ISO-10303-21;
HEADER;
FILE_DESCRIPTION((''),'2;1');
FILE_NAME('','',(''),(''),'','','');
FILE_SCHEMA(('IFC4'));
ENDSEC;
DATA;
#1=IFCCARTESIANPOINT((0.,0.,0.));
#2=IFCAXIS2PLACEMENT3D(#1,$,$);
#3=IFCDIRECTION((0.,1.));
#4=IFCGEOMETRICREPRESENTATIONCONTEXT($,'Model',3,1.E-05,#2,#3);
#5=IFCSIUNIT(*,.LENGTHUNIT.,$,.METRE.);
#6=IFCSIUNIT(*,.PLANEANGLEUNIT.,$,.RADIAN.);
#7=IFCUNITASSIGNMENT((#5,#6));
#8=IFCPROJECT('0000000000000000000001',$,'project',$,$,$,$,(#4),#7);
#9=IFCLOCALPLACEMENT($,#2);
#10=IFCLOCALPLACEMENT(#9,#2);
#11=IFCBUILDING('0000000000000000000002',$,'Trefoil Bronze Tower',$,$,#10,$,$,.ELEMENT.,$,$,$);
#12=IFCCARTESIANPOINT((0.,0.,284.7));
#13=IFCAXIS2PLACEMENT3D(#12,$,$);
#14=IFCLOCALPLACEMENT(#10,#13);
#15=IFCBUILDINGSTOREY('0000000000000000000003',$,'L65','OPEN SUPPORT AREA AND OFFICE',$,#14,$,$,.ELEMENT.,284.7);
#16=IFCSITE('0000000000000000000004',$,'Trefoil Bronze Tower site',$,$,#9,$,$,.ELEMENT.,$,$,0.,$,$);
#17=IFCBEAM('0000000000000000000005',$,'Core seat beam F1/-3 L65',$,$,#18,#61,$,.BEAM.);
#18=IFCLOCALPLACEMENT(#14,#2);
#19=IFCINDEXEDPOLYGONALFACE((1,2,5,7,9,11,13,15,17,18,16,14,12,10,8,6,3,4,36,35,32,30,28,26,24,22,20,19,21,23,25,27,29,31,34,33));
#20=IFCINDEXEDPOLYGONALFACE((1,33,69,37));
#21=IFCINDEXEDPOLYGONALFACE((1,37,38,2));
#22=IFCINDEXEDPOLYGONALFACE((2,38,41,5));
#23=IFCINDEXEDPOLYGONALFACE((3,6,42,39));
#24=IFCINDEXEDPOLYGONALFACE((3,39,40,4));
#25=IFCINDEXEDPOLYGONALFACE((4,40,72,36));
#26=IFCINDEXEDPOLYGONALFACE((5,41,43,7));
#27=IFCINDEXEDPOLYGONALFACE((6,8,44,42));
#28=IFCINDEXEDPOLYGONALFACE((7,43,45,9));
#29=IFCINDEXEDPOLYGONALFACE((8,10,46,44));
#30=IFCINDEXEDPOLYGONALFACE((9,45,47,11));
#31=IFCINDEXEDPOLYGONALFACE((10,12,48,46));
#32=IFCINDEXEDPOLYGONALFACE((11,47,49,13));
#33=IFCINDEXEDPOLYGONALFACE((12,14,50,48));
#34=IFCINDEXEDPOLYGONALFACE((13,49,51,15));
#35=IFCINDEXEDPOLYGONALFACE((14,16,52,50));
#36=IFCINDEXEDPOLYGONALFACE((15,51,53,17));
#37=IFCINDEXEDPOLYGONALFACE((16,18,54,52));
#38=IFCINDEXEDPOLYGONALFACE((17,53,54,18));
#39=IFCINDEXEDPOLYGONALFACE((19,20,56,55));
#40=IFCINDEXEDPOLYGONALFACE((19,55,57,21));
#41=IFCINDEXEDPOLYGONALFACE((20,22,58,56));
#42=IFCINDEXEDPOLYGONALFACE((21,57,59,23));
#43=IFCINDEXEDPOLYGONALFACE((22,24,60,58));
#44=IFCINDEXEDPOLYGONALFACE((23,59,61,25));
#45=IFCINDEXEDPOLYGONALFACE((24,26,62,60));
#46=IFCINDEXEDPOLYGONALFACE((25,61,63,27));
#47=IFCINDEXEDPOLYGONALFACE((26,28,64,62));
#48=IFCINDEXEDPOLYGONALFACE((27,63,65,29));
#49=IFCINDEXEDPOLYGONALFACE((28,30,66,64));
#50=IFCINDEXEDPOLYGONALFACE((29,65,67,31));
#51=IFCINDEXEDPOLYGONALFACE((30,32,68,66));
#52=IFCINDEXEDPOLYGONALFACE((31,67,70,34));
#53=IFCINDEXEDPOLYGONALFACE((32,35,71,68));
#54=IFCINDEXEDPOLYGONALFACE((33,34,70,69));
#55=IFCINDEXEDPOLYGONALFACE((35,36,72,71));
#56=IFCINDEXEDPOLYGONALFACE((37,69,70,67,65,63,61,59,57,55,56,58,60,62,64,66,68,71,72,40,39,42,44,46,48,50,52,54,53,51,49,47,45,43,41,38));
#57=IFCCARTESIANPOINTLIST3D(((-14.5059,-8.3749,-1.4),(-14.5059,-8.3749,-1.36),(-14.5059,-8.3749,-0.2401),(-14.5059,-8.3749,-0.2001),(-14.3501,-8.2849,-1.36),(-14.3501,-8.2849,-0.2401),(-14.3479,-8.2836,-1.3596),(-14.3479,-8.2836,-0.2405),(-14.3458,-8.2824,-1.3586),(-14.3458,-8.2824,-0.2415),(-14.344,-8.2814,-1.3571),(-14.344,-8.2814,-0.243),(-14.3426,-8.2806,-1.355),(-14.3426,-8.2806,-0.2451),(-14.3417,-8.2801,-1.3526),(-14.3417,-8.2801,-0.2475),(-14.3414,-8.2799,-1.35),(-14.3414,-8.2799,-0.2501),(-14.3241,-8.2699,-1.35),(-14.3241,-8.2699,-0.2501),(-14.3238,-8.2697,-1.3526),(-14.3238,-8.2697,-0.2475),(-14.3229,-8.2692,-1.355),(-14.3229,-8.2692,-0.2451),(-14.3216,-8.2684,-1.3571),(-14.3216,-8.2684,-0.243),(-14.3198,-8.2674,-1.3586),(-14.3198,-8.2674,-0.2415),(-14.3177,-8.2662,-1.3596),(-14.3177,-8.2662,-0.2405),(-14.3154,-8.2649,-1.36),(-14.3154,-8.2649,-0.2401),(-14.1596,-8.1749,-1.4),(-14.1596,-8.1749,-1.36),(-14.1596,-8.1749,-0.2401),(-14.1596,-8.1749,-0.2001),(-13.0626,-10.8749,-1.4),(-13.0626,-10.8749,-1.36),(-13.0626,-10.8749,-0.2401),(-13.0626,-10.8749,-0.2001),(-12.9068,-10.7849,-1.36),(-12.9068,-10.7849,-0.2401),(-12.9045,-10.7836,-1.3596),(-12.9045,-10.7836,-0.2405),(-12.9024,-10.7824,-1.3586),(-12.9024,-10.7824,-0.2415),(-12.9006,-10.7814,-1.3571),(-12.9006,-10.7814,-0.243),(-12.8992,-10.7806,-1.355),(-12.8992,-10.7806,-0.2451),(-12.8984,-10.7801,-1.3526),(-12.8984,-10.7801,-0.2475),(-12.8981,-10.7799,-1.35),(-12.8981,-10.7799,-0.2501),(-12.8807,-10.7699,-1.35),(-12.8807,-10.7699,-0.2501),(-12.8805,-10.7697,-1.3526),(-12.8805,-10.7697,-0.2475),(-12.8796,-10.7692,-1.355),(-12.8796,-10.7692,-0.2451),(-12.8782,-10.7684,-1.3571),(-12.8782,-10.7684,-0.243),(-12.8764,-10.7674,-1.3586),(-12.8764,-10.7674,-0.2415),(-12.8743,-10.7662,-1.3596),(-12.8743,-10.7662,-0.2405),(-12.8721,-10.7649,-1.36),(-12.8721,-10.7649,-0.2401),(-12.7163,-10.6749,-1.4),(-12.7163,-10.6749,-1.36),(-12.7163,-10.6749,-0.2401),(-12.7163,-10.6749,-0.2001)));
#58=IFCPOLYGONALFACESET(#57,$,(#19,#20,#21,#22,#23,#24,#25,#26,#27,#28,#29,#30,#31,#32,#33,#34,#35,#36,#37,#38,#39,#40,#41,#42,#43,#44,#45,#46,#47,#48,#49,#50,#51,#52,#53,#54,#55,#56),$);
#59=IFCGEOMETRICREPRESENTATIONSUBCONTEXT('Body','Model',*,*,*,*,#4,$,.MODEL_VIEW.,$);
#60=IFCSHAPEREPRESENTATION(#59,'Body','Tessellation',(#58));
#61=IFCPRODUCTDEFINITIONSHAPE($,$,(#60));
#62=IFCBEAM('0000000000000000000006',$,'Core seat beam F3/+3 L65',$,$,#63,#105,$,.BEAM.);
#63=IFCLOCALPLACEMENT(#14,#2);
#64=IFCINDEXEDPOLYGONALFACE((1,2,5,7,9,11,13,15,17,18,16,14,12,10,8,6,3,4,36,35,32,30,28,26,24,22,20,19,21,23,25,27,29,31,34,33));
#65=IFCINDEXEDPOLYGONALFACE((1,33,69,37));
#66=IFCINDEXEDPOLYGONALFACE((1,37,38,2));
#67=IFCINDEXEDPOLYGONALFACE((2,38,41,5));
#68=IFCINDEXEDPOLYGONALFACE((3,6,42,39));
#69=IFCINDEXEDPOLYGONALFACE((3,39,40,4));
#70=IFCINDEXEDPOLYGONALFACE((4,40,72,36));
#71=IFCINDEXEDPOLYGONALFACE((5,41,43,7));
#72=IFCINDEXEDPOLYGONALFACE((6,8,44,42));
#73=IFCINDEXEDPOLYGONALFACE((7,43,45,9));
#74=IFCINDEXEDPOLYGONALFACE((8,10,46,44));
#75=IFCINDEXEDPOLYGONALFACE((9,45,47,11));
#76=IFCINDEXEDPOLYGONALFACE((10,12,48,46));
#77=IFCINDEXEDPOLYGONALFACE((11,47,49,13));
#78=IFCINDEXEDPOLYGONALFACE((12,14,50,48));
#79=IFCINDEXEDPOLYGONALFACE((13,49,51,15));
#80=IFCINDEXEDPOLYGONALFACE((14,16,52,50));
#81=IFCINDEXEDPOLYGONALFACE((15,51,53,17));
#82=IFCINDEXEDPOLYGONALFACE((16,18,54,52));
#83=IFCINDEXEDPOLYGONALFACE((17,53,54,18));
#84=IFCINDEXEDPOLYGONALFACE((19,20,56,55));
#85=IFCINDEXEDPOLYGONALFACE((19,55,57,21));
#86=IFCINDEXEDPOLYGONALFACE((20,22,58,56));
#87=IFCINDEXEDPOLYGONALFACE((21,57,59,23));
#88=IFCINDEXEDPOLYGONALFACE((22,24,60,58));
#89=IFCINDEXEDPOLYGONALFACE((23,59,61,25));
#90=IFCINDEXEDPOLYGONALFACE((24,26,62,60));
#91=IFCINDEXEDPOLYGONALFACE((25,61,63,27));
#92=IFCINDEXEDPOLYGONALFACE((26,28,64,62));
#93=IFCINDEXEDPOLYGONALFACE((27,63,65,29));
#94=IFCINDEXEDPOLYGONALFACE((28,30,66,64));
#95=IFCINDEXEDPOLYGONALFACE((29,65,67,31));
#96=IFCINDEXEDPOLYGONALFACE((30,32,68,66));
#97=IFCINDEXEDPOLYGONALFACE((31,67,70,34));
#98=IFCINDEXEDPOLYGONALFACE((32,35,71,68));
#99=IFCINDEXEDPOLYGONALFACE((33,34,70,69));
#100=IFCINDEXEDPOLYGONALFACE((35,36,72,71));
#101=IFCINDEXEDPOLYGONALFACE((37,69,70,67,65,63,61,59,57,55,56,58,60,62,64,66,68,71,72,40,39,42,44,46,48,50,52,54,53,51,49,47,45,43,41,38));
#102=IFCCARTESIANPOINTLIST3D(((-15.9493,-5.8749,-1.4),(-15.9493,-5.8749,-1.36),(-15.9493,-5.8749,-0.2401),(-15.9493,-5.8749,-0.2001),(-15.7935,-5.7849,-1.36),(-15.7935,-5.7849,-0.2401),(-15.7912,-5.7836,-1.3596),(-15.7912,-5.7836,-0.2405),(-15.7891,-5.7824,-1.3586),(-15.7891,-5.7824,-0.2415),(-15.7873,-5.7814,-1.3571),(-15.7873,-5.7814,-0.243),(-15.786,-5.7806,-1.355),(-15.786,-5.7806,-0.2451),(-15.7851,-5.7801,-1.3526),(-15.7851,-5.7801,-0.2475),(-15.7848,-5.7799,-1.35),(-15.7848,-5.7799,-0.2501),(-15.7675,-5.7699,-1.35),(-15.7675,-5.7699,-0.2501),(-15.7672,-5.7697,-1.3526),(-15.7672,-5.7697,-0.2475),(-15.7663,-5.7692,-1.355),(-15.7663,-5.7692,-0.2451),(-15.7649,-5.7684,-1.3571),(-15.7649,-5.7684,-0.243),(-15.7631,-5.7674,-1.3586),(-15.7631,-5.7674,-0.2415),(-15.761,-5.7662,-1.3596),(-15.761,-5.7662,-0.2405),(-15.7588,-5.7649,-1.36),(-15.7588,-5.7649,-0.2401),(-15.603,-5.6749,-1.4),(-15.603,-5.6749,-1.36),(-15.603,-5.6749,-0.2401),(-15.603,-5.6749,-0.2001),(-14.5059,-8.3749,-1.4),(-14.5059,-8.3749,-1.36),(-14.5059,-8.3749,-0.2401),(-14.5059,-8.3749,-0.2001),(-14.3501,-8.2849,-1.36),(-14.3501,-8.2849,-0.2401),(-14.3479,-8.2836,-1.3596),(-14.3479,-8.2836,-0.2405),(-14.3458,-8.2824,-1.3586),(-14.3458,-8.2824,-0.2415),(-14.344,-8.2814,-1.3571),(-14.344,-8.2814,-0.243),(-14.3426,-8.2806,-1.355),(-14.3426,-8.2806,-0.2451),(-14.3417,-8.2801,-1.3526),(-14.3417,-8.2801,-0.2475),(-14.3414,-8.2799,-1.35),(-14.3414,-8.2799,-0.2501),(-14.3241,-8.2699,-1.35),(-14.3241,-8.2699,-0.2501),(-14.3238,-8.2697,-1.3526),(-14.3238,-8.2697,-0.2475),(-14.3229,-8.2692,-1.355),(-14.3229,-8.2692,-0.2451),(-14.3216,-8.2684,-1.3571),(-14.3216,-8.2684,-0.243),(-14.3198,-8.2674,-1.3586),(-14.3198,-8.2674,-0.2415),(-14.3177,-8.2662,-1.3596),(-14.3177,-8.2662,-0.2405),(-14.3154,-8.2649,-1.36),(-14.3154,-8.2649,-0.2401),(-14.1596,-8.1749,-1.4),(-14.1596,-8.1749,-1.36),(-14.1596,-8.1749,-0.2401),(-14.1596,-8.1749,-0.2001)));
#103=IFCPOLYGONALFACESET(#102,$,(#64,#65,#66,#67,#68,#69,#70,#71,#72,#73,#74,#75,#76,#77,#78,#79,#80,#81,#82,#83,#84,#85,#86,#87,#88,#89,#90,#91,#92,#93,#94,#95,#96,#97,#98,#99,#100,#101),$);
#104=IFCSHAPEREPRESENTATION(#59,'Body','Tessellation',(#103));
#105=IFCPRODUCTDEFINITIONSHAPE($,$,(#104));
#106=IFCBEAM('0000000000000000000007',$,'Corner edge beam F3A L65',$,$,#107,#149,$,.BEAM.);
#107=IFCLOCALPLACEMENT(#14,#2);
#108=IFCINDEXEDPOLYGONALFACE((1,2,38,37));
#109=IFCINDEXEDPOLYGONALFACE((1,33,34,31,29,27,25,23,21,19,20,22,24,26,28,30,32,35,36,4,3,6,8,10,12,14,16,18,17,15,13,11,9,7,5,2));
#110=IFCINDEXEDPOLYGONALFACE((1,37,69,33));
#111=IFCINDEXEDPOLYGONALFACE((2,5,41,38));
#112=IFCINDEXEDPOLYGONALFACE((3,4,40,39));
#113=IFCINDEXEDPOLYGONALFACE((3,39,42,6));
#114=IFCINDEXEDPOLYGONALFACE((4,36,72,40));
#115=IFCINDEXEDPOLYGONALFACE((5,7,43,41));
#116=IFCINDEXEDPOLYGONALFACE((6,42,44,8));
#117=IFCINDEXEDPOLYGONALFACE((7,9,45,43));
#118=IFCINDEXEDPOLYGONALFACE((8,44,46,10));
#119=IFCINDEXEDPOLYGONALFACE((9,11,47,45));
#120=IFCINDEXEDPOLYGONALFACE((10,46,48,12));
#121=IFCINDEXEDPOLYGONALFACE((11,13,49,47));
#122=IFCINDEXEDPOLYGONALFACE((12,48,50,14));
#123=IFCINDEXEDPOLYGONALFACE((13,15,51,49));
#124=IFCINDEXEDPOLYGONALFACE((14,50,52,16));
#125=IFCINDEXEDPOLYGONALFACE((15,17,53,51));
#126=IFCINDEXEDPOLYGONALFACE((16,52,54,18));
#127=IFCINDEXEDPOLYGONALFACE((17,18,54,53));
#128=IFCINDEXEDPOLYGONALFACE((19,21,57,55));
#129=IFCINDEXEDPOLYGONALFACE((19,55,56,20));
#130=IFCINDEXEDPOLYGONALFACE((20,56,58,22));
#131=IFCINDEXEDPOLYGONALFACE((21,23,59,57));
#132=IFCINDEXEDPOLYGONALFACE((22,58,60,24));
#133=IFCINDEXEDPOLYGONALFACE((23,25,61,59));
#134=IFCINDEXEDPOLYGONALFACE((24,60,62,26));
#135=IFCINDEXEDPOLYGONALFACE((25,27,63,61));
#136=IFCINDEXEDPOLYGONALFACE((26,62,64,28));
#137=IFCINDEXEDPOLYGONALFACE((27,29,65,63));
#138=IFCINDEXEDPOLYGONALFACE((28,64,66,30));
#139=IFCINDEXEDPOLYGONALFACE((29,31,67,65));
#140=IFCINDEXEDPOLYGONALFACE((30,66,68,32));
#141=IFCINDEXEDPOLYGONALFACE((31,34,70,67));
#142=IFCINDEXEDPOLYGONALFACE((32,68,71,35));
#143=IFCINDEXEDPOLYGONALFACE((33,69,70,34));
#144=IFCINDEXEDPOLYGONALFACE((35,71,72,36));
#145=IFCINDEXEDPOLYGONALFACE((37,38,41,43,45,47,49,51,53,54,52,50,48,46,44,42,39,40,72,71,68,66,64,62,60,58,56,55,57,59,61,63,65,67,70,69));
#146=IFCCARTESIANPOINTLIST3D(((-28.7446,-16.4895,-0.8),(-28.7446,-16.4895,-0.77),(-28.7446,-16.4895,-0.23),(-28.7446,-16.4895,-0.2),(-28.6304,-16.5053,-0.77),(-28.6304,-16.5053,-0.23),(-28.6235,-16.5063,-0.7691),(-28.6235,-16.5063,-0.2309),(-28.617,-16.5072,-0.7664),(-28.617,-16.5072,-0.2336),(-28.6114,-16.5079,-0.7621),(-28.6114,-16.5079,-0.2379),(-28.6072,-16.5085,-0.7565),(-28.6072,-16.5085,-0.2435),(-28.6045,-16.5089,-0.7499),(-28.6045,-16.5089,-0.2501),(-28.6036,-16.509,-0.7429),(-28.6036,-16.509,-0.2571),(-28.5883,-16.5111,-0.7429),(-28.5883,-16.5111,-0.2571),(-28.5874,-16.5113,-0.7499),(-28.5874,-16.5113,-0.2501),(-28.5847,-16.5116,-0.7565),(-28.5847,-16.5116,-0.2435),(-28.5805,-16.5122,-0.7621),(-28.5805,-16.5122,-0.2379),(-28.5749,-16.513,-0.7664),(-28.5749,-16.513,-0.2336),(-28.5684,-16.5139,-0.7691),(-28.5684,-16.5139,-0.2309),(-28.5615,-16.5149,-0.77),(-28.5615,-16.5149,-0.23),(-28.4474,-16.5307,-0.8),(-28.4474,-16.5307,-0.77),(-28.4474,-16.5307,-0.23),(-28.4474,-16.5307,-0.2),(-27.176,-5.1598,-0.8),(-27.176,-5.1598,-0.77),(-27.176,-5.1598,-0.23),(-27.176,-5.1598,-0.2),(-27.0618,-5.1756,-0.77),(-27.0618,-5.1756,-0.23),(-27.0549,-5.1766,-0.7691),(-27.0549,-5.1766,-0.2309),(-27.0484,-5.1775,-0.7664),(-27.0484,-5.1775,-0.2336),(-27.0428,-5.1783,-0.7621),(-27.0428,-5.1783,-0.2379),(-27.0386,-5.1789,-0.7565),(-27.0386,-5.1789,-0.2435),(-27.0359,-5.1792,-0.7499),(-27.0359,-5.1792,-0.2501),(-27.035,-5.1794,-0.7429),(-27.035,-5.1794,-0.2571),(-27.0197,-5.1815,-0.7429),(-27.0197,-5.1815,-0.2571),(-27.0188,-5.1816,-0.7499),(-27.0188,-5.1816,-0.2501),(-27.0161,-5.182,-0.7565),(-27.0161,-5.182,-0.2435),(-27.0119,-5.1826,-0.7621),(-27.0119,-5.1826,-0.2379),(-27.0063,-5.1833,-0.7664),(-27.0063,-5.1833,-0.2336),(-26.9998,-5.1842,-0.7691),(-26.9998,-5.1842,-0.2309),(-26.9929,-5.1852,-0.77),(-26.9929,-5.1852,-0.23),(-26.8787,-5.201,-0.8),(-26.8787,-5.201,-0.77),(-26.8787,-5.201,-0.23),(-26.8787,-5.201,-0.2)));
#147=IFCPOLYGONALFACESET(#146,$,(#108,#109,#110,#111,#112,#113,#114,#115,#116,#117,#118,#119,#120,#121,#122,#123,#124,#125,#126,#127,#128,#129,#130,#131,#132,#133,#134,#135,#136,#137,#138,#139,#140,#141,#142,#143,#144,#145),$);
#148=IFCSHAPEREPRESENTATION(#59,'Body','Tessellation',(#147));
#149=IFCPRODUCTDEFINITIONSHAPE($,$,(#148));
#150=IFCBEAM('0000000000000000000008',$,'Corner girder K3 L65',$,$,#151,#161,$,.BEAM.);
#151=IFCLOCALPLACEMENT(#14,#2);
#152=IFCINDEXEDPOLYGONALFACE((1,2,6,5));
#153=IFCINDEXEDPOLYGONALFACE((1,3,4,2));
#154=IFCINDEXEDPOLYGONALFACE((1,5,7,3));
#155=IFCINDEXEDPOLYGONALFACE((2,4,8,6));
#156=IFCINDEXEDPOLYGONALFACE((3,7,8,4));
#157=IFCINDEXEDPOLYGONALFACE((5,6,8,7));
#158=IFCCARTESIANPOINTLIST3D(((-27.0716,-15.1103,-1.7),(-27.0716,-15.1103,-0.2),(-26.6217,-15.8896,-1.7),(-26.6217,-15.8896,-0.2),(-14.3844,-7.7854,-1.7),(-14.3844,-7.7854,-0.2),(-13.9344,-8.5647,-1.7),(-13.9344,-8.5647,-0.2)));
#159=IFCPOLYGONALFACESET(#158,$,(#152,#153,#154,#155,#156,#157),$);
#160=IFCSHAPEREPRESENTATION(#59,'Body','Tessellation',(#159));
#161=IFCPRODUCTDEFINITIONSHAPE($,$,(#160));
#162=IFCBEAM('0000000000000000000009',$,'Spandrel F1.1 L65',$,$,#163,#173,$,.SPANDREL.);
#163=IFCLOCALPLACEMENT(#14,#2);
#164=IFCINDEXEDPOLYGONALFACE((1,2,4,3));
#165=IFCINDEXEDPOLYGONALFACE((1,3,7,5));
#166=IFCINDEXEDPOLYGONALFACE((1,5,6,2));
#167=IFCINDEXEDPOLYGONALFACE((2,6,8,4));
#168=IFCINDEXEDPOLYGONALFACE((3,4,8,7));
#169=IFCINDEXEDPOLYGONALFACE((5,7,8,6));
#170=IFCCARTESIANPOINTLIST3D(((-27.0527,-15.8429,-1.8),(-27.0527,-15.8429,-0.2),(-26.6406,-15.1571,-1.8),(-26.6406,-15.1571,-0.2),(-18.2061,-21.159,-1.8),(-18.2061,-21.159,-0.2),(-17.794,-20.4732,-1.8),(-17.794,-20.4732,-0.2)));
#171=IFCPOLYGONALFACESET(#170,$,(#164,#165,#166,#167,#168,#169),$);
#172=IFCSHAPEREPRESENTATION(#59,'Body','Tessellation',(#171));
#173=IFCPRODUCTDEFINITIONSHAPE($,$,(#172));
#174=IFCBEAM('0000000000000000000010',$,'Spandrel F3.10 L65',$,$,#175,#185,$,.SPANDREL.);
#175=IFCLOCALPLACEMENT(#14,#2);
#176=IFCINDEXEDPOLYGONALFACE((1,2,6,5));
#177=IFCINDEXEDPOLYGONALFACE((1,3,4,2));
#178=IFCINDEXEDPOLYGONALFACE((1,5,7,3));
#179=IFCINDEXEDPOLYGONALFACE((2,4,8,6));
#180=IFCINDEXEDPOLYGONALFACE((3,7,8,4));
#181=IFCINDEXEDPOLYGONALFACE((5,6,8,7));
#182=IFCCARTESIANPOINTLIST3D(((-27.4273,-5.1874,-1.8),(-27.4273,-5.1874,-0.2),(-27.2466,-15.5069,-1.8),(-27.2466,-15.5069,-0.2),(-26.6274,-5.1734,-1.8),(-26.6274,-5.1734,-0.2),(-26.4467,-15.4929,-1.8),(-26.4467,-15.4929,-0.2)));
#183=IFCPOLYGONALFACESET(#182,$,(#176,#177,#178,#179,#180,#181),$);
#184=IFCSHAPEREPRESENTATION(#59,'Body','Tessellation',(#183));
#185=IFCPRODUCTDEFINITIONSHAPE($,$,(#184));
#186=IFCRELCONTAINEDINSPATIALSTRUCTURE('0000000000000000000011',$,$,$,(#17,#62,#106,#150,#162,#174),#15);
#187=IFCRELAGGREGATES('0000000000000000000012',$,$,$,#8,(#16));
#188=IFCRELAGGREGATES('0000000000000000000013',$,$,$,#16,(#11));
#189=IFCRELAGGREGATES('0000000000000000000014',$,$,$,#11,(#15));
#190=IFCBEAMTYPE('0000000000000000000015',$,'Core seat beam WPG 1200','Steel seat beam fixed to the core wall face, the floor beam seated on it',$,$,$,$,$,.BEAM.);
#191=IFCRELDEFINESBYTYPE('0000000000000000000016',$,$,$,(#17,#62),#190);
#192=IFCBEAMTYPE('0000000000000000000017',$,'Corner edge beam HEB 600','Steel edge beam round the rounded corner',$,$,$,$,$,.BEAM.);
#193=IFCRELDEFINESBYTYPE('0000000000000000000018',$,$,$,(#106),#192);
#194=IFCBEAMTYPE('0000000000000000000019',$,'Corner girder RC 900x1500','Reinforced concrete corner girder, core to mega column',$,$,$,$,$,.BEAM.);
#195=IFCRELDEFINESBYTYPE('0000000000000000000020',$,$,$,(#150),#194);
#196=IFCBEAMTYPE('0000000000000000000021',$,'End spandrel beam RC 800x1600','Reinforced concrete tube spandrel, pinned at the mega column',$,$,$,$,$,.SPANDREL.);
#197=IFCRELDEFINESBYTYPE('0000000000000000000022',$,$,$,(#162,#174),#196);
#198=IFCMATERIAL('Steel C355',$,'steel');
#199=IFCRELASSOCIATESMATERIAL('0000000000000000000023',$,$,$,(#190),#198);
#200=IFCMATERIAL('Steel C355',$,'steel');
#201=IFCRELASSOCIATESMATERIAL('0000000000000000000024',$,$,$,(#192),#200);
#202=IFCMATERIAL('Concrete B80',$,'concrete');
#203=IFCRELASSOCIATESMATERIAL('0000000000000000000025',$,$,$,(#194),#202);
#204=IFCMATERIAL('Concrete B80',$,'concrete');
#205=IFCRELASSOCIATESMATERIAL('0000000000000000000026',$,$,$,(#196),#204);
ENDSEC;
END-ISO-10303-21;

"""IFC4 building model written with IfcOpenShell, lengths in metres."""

from ifc_helpers import new_model, si_unit, direction, frame, origin, origin_2d, place, context, subcontext, project, spatial, rectangle, i_section, extrude, material, material_profile, profile_set, type_object, element, save


model = new_model("IFC4")

# Units and contexts
model_context = context("Model", 3, precision=1e-05, world=origin(), true_north=direction((0.0, 1.0)))
body_context = subcontext(model_context, "Body", "Model", "MODEL_VIEW")
ifc_project = project(units=[si_unit("LENGTHUNIT", "METRE"), si_unit("PLANEANGLEUNIT", "RADIAN")], contexts=[model_context])

# Site, building, storey
site_placement = place(None, origin())
site = spatial("IfcSite", under=ifc_project, at=site_placement, Name="Trefoil Bronze Tower site", CompositionType="ELEMENT", RefElevation=0.0)
building_placement = place(site_placement, origin())
building = spatial("IfcBuilding", under=site, at=building_placement, Name="Trefoil Bronze Tower", CompositionType="ELEMENT")
storey_placement = place(building_placement, frame((0.0, 0.0, 284.7)))
storey = spatial("IfcBuildingStorey", under=building, at=storey_placement, Name="L65", Description="OPEN SUPPORT AREA AND OFFICE", CompositionType="ELEMENT", Elevation=284.7)

# Beams
ifc_material_1 = material(Name="Steel C355", Category="steel")
ifc_material_profile_1 = material_profile(ifc_material_1, i_section(OverallWidth=0.3999, OverallDepth=1.2, WebThickness=0.02, FlangeThickness=0.04, FilletRadius=0.01, at=origin_2d()), Name="WPG 1200")
ifc_profile_set_1 = profile_set([ifc_material_profile_1], Name="Steel C355")
beam_type_1 = type_object("IfcBeamType", Name="Core seat beam WPG 1200", Description="Steel seat beam fixed to the core wall face, the floor beam seated on it", PredefinedType="BEAM", material=ifc_profile_set_1)
for number, where, z_axis, x_axis, name in (
    (1, (-14.3328, -8.2749, -0.8), (0.499996, -0.866028, 0.0), (0.866028, 0.499996, 0.0), "Core seat beam F1/-3 L65"),
    (2, (-15.7761, -5.7749, -0.8), (0.499996, -0.866028, 0.0), (0.866028, 0.499996, 0.0), "Core seat beam F3/+3 L65"),
):
    element("IfcBeam", number, at=place(storey_placement, frame(where, z_axis=z_axis, x_axis=x_axis)), inside=storey, type_object=beam_type_1, Name=name, PredefinedType="BEAM", context=body_context, shape_type="SweptSolid", body=[
        extrude(i_section(OverallWidth=0.3999, OverallDepth=1.2, WebThickness=0.02, FlangeThickness=0.04, FilletRadius=0.01, at=origin_2d()), origin(), (0.0, 0.0, 1.0), 2.8867),
    ])
ifc_material_2 = material(Name="Steel C355", Category="steel")
ifc_material_profile_2 = material_profile(ifc_material_2, i_section(OverallWidth=0.3, OverallDepth=0.6001, WebThickness=0.0154, FlangeThickness=0.03, FilletRadius=0.0271, at=origin_2d()), Name="HEB 600")
ifc_profile_set_2 = profile_set([ifc_material_profile_2], Name="Steel C355")
beam_type_2 = type_object("IfcBeamType", Name="Corner edge beam HEB 600", Description="Steel edge beam round the rounded corner", PredefinedType="BEAM", material=ifc_profile_set_2)
beam_1_placement = place(storey_placement, frame((-27.0273, -5.1804, -0.5), z_axis=(-0.137144, -0.990551, 0.0), x_axis=(0.990551, -0.137144, 0.0)))
element("IfcBeam", 3, at=beam_1_placement, inside=storey, type_object=beam_type_2, Name="Corner edge beam F3A L65", PredefinedType="BEAM", context=body_context, shape_type="SweptSolid", body=[
    extrude(i_section(OverallWidth=0.3, OverallDepth=0.6001, WebThickness=0.0154, FlangeThickness=0.03, FilletRadius=0.0271, at=origin_2d()), origin(), (0.0, 0.0, 1.0), 11.4377),
])
ifc_material_3 = material(Name="Concrete B80", Category="concrete")
ifc_material_profile_3 = material_profile(ifc_material_3, rectangle(XDim=0.8999, YDim=1.5, at=origin_2d()), Name="RC 900x1500")
ifc_profile_set_3 = profile_set([ifc_material_profile_3], Name="Concrete B80")
beam_type_3 = type_object("IfcBeamType", Name="Corner girder RC 900x1500", Description="Reinforced concrete corner girder, core to mega column", PredefinedType="BEAM", material=ifc_profile_set_3)
beam_2_placement = place(storey_placement, frame((-14.1594, -8.175, -0.95), z_axis=(-0.866027, -0.499998, 0.0), x_axis=(0.499998, -0.866027, 0.0)))
element("IfcBeam", 4, at=beam_2_placement, inside=storey, type_object=beam_type_3, Name="Corner girder K3 L65", PredefinedType="BEAM", context=body_context, shape_type="SweptSolid", body=[
    extrude(rectangle(XDim=0.8999, YDim=1.5, at=origin_2d()), origin(), (0.0, 0.0, 1.0), 14.6499),
])
ifc_material_4 = material(Name="Concrete B80", Category="concrete")
ifc_material_profile_4 = material_profile(ifc_material_4, rectangle(XDim=0.8, YDim=1.6001, at=origin_2d()), Name="RC 800x1600")
ifc_profile_set_4 = profile_set([ifc_material_profile_4], Name="Concrete B80")
beam_type_4 = type_object("IfcBeamType", Name="End spandrel beam RC 800x1600", Description="Reinforced concrete tube spandrel, pinned at the mega column", PredefinedType="SPANDREL", material=ifc_profile_set_4)
for number, where, z_axis, x_axis, name in (
    (5, (-26.8467, -15.5, -1.0), (0.857144, -0.515077, 0.0), (0.515077, 0.857144, 0.0), "Spandrel F1.1 L65"),
    (6, (-27.0273, -5.1804, -1.0), (0.017504, -0.999847, 0.0), (0.999847, 0.017504, 0.0), "Spandrel F3.10 L65"),
):
    element("IfcBeam", number, at=place(storey_placement, frame(where, z_axis=z_axis, x_axis=x_axis)), inside=storey, type_object=beam_type_4, Name=name, PredefinedType="SPANDREL", context=body_context, shape_type="SweptSolid", body=[
        extrude(rectangle(XDim=0.8, YDim=1.6001, at=origin_2d()), origin(), (0.0, 0.0, 1.0), 10.321),
    ])

save(model, "model.ifc")
